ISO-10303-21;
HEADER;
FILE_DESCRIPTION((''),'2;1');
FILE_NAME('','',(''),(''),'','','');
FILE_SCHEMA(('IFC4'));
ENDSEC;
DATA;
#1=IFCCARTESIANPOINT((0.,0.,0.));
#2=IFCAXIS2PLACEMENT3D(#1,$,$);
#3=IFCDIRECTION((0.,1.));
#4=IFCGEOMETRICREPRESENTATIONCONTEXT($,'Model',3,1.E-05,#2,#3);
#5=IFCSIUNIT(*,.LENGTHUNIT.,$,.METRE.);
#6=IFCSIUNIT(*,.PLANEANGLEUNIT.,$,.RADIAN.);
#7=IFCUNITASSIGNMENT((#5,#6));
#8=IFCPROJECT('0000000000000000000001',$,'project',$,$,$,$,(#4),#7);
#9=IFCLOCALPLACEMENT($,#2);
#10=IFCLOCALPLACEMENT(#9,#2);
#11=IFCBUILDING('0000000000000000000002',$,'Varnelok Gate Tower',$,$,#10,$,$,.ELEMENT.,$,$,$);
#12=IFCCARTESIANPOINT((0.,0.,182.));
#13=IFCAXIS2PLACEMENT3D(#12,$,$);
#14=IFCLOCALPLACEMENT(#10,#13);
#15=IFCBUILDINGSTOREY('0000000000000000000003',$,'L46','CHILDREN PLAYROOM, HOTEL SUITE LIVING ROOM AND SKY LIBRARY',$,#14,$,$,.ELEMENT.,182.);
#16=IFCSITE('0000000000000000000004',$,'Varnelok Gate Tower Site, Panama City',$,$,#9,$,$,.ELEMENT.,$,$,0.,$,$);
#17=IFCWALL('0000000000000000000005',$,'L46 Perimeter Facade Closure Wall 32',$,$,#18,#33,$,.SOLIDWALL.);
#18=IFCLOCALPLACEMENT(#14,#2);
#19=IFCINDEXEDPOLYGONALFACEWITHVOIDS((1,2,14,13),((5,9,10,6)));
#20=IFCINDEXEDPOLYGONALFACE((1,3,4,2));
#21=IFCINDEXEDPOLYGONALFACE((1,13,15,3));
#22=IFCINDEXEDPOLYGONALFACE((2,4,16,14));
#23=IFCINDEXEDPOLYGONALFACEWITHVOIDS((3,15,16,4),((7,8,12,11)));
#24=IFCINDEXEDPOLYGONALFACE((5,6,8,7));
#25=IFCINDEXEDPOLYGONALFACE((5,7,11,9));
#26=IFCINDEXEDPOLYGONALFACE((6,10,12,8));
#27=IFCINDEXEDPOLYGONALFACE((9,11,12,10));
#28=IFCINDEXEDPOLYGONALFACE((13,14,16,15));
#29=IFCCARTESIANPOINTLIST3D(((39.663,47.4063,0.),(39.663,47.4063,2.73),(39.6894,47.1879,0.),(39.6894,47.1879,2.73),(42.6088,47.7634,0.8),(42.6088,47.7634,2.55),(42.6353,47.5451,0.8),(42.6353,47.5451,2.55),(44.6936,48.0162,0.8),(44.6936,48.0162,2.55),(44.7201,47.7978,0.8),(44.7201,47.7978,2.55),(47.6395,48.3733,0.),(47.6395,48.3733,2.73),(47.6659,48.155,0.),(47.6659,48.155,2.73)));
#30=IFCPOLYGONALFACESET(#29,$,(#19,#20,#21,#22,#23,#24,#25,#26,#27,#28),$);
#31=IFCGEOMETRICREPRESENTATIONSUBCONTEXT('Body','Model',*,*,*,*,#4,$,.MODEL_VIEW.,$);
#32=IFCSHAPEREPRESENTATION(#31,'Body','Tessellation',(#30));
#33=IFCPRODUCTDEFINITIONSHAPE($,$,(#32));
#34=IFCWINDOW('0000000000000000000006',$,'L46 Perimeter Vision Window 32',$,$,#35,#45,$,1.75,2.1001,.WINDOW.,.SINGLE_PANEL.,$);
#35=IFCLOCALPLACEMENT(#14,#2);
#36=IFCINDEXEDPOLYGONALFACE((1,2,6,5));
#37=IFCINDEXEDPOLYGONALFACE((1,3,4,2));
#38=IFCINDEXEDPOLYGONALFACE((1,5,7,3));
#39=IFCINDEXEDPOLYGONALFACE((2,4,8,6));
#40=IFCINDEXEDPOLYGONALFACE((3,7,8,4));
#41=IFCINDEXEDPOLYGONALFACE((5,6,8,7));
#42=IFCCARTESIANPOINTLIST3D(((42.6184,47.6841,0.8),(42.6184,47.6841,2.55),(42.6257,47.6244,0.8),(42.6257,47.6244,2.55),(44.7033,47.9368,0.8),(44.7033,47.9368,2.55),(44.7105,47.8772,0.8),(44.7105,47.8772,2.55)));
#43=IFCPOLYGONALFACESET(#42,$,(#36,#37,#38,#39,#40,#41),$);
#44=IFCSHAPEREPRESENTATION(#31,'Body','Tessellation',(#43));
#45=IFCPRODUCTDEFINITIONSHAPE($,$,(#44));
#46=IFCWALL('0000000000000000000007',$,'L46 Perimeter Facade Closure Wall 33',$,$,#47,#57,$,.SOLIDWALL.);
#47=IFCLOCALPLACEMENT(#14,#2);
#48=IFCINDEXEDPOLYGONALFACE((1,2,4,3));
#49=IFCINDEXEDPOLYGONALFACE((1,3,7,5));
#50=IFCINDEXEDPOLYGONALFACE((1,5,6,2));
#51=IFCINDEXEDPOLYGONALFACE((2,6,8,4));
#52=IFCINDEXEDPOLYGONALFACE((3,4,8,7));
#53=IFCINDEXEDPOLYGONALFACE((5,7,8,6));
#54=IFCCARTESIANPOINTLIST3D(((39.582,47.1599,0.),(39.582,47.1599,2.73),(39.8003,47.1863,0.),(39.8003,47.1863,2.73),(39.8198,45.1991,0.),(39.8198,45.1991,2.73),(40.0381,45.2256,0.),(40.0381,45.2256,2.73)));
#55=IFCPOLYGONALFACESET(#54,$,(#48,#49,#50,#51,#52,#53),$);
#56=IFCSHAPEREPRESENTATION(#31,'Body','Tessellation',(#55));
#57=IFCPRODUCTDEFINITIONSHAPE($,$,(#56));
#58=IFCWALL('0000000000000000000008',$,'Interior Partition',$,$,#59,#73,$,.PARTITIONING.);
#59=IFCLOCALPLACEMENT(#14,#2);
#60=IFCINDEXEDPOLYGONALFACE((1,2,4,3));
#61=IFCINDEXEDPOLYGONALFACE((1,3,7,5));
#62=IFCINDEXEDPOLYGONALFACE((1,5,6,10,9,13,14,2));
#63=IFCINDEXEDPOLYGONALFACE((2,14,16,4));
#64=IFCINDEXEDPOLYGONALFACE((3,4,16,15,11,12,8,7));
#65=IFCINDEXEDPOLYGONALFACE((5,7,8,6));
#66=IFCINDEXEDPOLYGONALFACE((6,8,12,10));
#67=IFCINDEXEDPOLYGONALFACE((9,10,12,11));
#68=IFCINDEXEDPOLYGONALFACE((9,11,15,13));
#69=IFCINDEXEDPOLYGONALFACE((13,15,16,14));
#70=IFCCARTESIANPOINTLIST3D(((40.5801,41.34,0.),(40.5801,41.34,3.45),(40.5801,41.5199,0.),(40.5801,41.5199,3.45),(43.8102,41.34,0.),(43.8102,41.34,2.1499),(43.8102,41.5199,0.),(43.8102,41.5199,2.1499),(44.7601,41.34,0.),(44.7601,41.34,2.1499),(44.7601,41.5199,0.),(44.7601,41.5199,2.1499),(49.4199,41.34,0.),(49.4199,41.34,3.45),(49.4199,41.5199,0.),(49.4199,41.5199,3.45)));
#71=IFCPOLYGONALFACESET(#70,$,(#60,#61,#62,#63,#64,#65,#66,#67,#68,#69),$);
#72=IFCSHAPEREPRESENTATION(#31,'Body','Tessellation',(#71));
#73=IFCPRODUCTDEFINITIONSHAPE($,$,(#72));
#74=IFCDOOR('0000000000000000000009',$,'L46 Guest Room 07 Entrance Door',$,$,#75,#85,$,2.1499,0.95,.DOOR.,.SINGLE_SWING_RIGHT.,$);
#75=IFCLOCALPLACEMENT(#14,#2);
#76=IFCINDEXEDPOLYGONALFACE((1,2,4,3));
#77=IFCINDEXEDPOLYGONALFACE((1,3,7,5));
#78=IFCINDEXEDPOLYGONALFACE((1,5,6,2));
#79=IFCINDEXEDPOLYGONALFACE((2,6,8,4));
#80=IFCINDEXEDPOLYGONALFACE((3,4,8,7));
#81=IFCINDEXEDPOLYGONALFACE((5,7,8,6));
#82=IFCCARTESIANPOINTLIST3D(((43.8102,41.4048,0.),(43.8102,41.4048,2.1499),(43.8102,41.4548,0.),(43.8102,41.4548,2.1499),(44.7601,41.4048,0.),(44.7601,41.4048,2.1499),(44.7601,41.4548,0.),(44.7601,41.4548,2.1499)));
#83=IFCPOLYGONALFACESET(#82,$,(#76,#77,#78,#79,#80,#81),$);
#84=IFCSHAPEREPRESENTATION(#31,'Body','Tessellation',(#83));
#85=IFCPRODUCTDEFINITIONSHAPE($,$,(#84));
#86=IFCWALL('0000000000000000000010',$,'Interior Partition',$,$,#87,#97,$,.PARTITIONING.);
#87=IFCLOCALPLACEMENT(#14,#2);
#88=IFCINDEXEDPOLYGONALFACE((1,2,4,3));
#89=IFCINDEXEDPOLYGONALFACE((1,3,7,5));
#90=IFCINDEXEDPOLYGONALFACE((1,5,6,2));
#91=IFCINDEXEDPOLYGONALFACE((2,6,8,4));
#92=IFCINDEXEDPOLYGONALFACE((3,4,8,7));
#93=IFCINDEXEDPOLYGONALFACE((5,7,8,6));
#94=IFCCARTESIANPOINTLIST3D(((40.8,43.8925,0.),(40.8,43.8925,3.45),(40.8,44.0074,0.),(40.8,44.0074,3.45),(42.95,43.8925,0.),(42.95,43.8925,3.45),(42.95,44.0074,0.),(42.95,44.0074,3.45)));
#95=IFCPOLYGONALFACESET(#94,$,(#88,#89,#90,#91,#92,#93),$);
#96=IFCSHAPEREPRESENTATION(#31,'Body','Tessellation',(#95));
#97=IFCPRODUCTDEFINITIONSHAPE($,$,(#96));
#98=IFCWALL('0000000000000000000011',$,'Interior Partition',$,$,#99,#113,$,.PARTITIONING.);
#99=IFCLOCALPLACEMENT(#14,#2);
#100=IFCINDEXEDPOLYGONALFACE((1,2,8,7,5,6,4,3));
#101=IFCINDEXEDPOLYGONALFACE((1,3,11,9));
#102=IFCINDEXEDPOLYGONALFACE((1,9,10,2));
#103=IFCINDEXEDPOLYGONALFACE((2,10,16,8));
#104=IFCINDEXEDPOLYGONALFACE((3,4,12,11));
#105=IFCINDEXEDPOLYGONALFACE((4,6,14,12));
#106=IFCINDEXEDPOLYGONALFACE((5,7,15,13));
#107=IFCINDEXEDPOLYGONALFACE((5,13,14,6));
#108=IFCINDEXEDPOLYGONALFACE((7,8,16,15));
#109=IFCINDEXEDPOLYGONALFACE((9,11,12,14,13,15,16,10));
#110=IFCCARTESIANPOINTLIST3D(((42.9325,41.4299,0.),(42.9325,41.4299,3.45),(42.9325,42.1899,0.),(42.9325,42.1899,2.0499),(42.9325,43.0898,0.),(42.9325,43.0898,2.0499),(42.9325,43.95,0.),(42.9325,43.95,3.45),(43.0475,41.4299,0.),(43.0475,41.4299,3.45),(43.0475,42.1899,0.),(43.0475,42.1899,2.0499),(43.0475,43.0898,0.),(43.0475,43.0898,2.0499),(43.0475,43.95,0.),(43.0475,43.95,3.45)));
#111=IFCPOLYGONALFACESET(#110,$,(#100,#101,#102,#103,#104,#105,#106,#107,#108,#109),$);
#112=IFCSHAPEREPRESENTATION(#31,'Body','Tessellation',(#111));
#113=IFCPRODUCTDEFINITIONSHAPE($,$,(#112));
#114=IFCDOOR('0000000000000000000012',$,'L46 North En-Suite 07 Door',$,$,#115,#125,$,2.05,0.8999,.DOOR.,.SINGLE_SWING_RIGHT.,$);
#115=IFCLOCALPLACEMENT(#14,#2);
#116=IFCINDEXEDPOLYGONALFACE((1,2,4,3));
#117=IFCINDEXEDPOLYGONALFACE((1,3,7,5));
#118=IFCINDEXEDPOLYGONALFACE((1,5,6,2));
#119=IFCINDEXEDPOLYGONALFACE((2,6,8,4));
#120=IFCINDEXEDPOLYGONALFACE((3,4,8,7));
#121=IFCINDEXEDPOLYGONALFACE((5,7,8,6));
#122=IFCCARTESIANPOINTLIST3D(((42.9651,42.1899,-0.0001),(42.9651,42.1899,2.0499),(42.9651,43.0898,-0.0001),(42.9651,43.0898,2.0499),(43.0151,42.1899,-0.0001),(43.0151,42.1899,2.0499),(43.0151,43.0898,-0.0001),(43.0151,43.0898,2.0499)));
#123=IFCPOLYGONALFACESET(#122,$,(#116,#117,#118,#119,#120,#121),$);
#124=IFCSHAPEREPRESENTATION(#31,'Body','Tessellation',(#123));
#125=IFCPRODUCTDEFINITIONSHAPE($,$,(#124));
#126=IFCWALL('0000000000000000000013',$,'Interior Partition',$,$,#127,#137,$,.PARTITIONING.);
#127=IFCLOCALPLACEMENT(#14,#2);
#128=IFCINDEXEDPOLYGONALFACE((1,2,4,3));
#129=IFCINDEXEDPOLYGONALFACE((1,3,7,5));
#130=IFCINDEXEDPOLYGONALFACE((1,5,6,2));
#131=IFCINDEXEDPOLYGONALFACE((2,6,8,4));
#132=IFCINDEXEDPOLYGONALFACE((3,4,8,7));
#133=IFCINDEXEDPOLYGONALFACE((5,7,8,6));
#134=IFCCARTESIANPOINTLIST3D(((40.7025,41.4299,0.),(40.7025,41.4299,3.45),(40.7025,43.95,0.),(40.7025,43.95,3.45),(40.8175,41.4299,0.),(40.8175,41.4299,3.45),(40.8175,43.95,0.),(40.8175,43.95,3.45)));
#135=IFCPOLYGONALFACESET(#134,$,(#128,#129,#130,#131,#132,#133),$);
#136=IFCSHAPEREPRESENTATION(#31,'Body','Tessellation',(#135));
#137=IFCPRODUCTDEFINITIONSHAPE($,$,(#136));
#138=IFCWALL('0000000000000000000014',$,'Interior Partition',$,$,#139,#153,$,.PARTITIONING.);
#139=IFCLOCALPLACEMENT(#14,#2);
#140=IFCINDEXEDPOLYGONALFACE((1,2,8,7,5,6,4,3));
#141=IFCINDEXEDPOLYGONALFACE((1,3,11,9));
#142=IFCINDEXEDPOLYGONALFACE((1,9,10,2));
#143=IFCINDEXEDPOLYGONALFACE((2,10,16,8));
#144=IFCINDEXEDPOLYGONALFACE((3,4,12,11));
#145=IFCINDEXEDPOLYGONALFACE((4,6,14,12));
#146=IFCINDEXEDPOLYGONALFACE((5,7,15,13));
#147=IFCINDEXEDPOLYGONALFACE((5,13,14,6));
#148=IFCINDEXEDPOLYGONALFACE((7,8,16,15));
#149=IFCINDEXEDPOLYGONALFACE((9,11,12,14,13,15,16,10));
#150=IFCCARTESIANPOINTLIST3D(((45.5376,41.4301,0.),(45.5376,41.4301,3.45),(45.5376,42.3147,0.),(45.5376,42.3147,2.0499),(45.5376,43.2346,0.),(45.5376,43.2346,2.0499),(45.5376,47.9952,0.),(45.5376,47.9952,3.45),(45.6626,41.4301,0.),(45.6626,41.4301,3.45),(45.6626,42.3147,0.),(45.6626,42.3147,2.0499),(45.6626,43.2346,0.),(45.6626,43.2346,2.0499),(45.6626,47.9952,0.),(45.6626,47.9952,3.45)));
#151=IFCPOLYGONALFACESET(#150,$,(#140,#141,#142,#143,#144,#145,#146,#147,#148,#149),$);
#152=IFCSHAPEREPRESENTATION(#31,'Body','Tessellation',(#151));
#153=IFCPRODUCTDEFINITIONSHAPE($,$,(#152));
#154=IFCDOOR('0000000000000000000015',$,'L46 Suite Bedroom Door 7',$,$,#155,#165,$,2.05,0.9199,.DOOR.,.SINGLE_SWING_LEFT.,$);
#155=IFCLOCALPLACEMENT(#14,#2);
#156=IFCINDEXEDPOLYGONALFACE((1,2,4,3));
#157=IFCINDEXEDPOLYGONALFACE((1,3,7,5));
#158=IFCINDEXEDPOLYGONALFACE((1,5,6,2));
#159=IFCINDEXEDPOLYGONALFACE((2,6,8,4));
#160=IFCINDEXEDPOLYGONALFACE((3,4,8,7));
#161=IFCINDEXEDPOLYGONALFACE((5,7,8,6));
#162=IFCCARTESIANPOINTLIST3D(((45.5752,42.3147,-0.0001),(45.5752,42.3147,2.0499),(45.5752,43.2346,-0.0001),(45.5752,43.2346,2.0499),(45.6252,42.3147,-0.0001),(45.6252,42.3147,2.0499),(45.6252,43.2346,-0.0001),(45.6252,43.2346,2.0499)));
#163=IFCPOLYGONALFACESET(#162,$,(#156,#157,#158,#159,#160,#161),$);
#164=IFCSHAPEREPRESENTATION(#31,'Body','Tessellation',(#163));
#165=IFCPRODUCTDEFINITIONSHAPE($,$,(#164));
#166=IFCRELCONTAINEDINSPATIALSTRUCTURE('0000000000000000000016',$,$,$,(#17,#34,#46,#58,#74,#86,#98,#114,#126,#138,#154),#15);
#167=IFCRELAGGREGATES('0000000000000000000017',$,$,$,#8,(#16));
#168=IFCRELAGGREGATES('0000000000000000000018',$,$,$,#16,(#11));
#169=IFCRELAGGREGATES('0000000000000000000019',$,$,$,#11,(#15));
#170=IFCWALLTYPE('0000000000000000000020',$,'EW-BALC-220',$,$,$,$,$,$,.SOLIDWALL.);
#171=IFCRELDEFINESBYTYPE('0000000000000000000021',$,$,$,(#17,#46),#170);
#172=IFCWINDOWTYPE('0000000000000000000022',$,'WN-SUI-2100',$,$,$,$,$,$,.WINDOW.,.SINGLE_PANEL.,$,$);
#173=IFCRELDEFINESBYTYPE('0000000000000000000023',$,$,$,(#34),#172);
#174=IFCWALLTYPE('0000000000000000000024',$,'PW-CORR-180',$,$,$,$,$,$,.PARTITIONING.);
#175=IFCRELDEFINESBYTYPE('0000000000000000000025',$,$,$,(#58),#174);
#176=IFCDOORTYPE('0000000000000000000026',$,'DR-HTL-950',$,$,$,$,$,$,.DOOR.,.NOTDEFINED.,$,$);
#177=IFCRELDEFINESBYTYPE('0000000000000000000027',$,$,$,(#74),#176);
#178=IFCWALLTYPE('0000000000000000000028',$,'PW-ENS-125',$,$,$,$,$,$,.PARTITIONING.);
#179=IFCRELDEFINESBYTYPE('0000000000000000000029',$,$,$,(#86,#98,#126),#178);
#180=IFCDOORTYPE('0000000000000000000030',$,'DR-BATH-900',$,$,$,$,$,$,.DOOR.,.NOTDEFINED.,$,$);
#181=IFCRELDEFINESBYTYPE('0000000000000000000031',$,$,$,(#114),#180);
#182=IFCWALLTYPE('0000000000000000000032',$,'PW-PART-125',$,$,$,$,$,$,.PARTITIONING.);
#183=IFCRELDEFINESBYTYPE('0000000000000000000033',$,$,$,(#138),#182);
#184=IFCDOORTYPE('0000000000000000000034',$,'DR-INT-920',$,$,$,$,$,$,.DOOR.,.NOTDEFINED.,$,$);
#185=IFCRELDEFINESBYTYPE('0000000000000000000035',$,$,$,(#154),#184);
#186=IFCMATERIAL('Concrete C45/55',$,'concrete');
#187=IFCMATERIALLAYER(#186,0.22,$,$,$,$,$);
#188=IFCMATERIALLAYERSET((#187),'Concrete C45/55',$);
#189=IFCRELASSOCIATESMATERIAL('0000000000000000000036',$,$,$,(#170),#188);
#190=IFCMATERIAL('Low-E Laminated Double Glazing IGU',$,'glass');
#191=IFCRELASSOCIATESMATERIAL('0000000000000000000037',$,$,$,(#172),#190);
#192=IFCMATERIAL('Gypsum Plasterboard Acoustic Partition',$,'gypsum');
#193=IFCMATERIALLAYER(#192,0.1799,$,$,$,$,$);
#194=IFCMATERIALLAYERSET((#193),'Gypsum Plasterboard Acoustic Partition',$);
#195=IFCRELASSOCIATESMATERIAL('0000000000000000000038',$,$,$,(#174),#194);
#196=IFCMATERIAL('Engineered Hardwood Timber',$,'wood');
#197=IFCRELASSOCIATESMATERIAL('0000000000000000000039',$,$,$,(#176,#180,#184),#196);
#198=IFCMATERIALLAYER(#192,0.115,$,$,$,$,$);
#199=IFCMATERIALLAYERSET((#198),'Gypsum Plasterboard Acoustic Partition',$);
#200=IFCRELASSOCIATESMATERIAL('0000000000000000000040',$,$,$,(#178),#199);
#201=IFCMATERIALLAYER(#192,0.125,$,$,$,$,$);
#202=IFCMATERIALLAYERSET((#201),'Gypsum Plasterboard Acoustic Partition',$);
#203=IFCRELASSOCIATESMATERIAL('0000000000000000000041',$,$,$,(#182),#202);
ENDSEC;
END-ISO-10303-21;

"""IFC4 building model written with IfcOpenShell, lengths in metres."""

from ifc_helpers import new_model, si_unit, direction, frame, frame_2d, origin, place, context, subcontext, project, spatial, rectangle, extrude, material, layer, layer_set, type_object, element, fill, save


model = new_model("IFC4")

# Units and contexts
model_context = context("Model", 3, precision=1e-05, world=origin(), true_north=direction((0.0, 1.0)))
body_context = subcontext(model_context, "Body", "Model", "MODEL_VIEW")
ifc_project = project(units=[si_unit("LENGTHUNIT", "METRE"), si_unit("PLANEANGLEUNIT", "RADIAN")], contexts=[model_context])

# Site, building, storey
site_placement = place(None, origin())
site = spatial("IfcSite", under=ifc_project, at=site_placement, Name="Varnelok Gate Tower Site, Panama City", CompositionType="ELEMENT", RefElevation=0.0)
building_placement = place(site_placement, origin())
building = spatial("IfcBuilding", under=site, at=building_placement, Name="Varnelok Gate Tower", CompositionType="ELEMENT")
storey_placement = place(building_placement, frame((0.0, 0.0, 182.0)))
storey = spatial("IfcBuildingStorey", under=building, at=storey_placement, Name="L46", Description="CHILDREN PLAYROOM, HOTEL SUITE LIVING ROOM AND SKY LIBRARY", CompositionType="ELEMENT", Elevation=182.0)

# Shared definitions
ifc_material_1 = material(Name="Concrete C45/55", Category="concrete")
ifc_layer_1 = layer(ifc_material_1, 0.22)
ifc_layer_set_1 = layer_set([ifc_layer_1], Name="Concrete C45/55")
wall_type_1 = type_object("IfcWallType", Name="EW-BALC-220", PredefinedType="SOLIDWALL", material=ifc_layer_set_1)

# Wall, opening, window
ifc_material_2 = material(Name="Low-E Laminated Double Glazing IGU", Category="glass")
wall_1_placement = place(storey_placement, frame((47.6528, 48.2642, 0.0), z_axis=(0.0, 0.0, 1.0), x_axis=(-0.992731, -0.120354, 0.0)))
wall_1 = element("IfcWall", 1, at=wall_1_placement, inside=storey, type_object=wall_type_1, Name="L46 Perimeter Facade Closure Wall 32", PredefinedType="SOLIDWALL", context=body_context, shape_type="SweptSolid", body=[
    extrude(rectangle(XDim=8.0349, YDim=0.22, at=frame_2d((4.0176, 0.0))), origin(), (0.0, 0.0, 1.0), 2.73),
])
opening_1_placement = place(wall_1_placement, frame((2.9675, 0.0, 0.8)))
opening_1 = element("IfcOpeningElement", 2, at=opening_1_placement, cuts=wall_1, PredefinedType="OPENING", context=body_context, shape_type="SweptSolid", body=[
    extrude(rectangle(XDim=2.1001, YDim=1.75, at=frame_2d((1.05, 0.875))), frame((0.0, 0.1199, 0.0), z_axis=(0.0, -1.0, 0.0), x_axis=(1.0, 0.0, 0.0)), (0.0, 0.0, 1.0), 0.24),
])
window_type_1 = type_object("IfcWindowType", Name="WN-SUI-2100", PartitioningType="SINGLE_PANEL", PredefinedType="WINDOW", material=ifc_material_2)
window_1_placement = place(opening_1_placement, origin())
window_1 = element("IfcWindow", 3, at=window_1_placement, inside=storey, type_object=window_type_1, Name="L46 Perimeter Vision Window 32", OverallHeight=1.75, OverallWidth=2.1001, PartitioningType="SINGLE_PANEL", PredefinedType="WINDOW", context=body_context, shape_type="SweptSolid", body=[
    extrude(rectangle(XDim=2.1001, YDim=1.75, at=frame_2d((1.05, 0.875))), frame((0.0, 0.03, 0.0), z_axis=(0.0, -1.0, 0.0), x_axis=(1.0, 0.0, 0.0)), (0.0, 0.0, 1.0), 0.0601),
])
fill(opening_1, window_1)

# Wall
wall_2_placement = place(storey_placement, frame((39.6912, 47.1731, 0.0), z_axis=(0.0, 0.0, 1.0), x_axis=(0.120398, -0.992726, 0.0)))
element("IfcWall", 4, at=wall_2_placement, inside=storey, type_object=wall_type_1, Name="L46 Perimeter Facade Closure Wall 33", PredefinedType="SOLIDWALL", context=body_context, shape_type="SweptSolid", body=[
    extrude(rectangle(XDim=1.9751, YDim=0.22, at=frame_2d((0.9875, 0.0))), origin(), (0.0, 0.0, 1.0), 2.73),
])

# Wall, opening, door
ifc_material_3 = material(Name="Gypsum Plasterboard Acoustic Partition", Category="gypsum")
ifc_layer_2 = layer(ifc_material_3, 0.1799)
ifc_layer_set_2 = layer_set([ifc_layer_2], Name="Gypsum Plasterboard Acoustic Partition")
wall_type_2 = type_object("IfcWallType", Name="PW-CORR-180", PredefinedType="PARTITIONING", material=ifc_layer_set_2)
wall_3_placement = place(storey_placement, frame((40.5801, 41.4299, 0.0), z_axis=(0.0, 0.0, 1.0), x_axis=(1.0, 0.0, 0.0)))
wall_3 = element("IfcWall", 5, at=wall_3_placement, inside=storey, type_object=wall_type_2, Name="Interior Partition", PredefinedType="PARTITIONING", context=body_context, shape_type="SweptSolid", body=[
    extrude(rectangle(XDim=8.8398, YDim=0.1799, at=frame_2d((4.4199, 0.0))), origin(), (0.0, 0.0, 1.0), 3.45),
])
opening_2_placement = place(wall_3_placement, frame((3.23, 0.0, 0.0)))
opening_2 = element("IfcOpeningElement", 6, at=opening_2_placement, cuts=wall_3, PredefinedType="OPENING", context=body_context, shape_type="SweptSolid", body=[
    extrude(rectangle(XDim=0.95, YDim=2.1499, at=frame_2d((0.4751, 1.075))), frame((0.0, 0.0999, 0.0), z_axis=(0.0, -1.0, 0.0), x_axis=(1.0, 0.0, 0.0)), (0.0, 0.0, 1.0), 0.2),
])
ifc_material_4 = material(Name="Engineered Hardwood Timber", Category="wood")
door_type_1 = type_object("IfcDoorType", Name="DR-HTL-950", OperationType="NOTDEFINED", PredefinedType="DOOR", material=ifc_material_4)
door_1_placement = place(opening_2_placement, origin())
door_1 = element("IfcDoor", 7, at=door_1_placement, inside=storey, type_object=door_type_1, Name="L46 Guest Room 07 Entrance Door", OperationType="SINGLE_SWING_RIGHT", OverallHeight=2.1499, OverallWidth=0.95, PredefinedType="DOOR", context=body_context, shape_type="SweptSolid", body=[
    extrude(rectangle(XDim=0.95, YDim=2.1499, at=frame_2d((0.4751, 1.075))), frame((0.0, 0.0249, 0.0), z_axis=(0.0, -1.0, 0.0), x_axis=(1.0, 0.0, 0.0)), (0.0, 0.0, 1.0), 0.05),
])
fill(opening_2, door_1)

# Wall
ifc_layer_3 = layer(ifc_material_3, 0.115)
ifc_layer_set_3 = layer_set([ifc_layer_3], Name="Gypsum Plasterboard Acoustic Partition")
wall_type_3 = type_object("IfcWallType", Name="PW-ENS-125", PredefinedType="PARTITIONING", material=ifc_layer_set_3)
wall_4_placement = place(storey_placement, frame((40.8, 43.95, 0.0), z_axis=(0.0, 0.0, 1.0), x_axis=(1.0, 0.0, 0.0)))
element("IfcWall", 8, at=wall_4_placement, inside=storey, type_object=wall_type_3, Name="Interior Partition", PredefinedType="PARTITIONING", context=body_context, shape_type="SweptSolid", body=[
    extrude(rectangle(XDim=2.1499, YDim=0.115, at=frame_2d((1.075, 0.0))), origin(), (0.0, 0.0, 1.0), 3.45),
])

# Wall, opening, door
wall_5_placement = place(storey_placement, frame((42.99, 41.4299, 0.0), z_axis=(0.0, 0.0, 1.0), x_axis=(0.0, 1.0, 0.0)))
wall_5 = element("IfcWall", 9, at=wall_5_placement, inside=storey, type_object=wall_type_3, Name="Interior Partition", PredefinedType="PARTITIONING", context=body_context, shape_type="SweptSolid", body=[
    extrude(rectangle(XDim=2.52, YDim=0.115, at=frame_2d((1.26, 0.0))), origin(), (0.0, 0.0, 1.0), 3.45),
])
opening_3_placement = place(wall_5_placement, frame((0.76, 0.0, 0.0)))
opening_3 = element("IfcOpeningElement", 10, at=opening_3_placement, cuts=wall_5, PredefinedType="OPENING", context=body_context, shape_type="SweptSolid", body=[
    extrude(rectangle(XDim=0.8999, YDim=2.05, at=frame_2d((0.45, 1.0249))), frame((0.0, 0.0674, 0.0), z_axis=(0.0, -1.0, 0.0), x_axis=(1.0, 0.0, 0.0)), (0.0, 0.0, 1.0), 0.135),
])
door_type_2 = type_object("IfcDoorType", Name="DR-BATH-900", OperationType="NOTDEFINED", PredefinedType="DOOR", material=ifc_material_4)
door_2_placement = place(opening_3_placement, origin())
door_2 = element("IfcDoor", 11, at=door_2_placement, inside=storey, type_object=door_type_2, Name="L46 North En-Suite 07 Door", OperationType="SINGLE_SWING_RIGHT", OverallHeight=2.05, OverallWidth=0.8999, PredefinedType="DOOR", context=body_context, shape_type="SweptSolid", body=[
    extrude(rectangle(XDim=0.8999, YDim=2.05, at=frame_2d((0.45, 1.0249))), frame((0.0, 0.0249, 0.0), z_axis=(0.0, -1.0, 0.0), x_axis=(1.0, 0.0, 0.0)), (0.0, 0.0, 1.0), 0.05),
])
fill(opening_3, door_2)

# Wall
wall_6_placement = place(storey_placement, frame((40.76, 41.4299, 0.0), z_axis=(0.0, 0.0, 1.0), x_axis=(0.0, 1.0, 0.0)))
element("IfcWall", 12, at=wall_6_placement, inside=storey, type_object=wall_type_3, Name="Interior Partition", PredefinedType="PARTITIONING", context=body_context, shape_type="SweptSolid", body=[
    extrude(rectangle(XDim=2.52, YDim=0.115, at=frame_2d((1.26, 0.0))), origin(), (0.0, 0.0, 1.0), 3.45),
])

# Wall, opening, door
ifc_layer_4 = layer(ifc_material_3, 0.125)
ifc_layer_set_4 = layer_set([ifc_layer_4], Name="Gypsum Plasterboard Acoustic Partition")
wall_type_4 = type_object("IfcWallType", Name="PW-PART-125", PredefinedType="PARTITIONING", material=ifc_layer_set_4)
wall_7_placement = place(storey_placement, frame((45.6001, 41.4299, 0.0), z_axis=(0.0, 0.0, 1.0), x_axis=(0.0, 1.0, 0.0)))
wall_7 = element("IfcWall", 13, at=wall_7_placement, inside=storey, type_object=wall_type_4, Name="Interior Partition", PredefinedType="PARTITIONING", context=body_context, shape_type="SweptSolid", body=[
    extrude(rectangle(XDim=6.5652, YDim=0.125, at=frame_2d((3.2827, 0.0))), origin(), (0.0, 0.0, 1.0), 3.45),
])
opening_4_placement = place(wall_7_placement, frame((0.8848, 0.0, 0.0)))
opening_4 = element("IfcOpeningElement", 14, at=opening_4_placement, cuts=wall_7, PredefinedType="OPENING", context=body_context, shape_type="SweptSolid", body=[
    extrude(rectangle(XDim=0.9199, YDim=2.05, at=frame_2d((0.46, 1.0249))), frame((0.0, 0.0725, 0.0), z_axis=(0.0, -1.0, 0.0), x_axis=(1.0, 0.0, 0.0)), (0.0, 0.0, 1.0), 0.145),
])
door_type_3 = type_object("IfcDoorType", Name="DR-INT-920", OperationType="NOTDEFINED", PredefinedType="DOOR", material=ifc_material_4)
door_3_placement = place(opening_4_placement, origin())
door_3 = element("IfcDoor", 15, at=door_3_placement, inside=storey, type_object=door_type_3, Name="L46 Suite Bedroom Door 7", OperationType="SINGLE_SWING_LEFT", OverallHeight=2.05, OverallWidth=0.9199, PredefinedType="DOOR", context=body_context, shape_type="SweptSolid", body=[
    extrude(rectangle(XDim=0.9199, YDim=2.05, at=frame_2d((0.46, 1.0249))), frame((0.0, 0.0249, 0.0), z_axis=(0.0, -1.0, 0.0), x_axis=(1.0, 0.0, 0.0)), (0.0, 0.0, 1.0), 0.05),
])
fill(opening_4, door_3)

save(model, "model.ifc")
